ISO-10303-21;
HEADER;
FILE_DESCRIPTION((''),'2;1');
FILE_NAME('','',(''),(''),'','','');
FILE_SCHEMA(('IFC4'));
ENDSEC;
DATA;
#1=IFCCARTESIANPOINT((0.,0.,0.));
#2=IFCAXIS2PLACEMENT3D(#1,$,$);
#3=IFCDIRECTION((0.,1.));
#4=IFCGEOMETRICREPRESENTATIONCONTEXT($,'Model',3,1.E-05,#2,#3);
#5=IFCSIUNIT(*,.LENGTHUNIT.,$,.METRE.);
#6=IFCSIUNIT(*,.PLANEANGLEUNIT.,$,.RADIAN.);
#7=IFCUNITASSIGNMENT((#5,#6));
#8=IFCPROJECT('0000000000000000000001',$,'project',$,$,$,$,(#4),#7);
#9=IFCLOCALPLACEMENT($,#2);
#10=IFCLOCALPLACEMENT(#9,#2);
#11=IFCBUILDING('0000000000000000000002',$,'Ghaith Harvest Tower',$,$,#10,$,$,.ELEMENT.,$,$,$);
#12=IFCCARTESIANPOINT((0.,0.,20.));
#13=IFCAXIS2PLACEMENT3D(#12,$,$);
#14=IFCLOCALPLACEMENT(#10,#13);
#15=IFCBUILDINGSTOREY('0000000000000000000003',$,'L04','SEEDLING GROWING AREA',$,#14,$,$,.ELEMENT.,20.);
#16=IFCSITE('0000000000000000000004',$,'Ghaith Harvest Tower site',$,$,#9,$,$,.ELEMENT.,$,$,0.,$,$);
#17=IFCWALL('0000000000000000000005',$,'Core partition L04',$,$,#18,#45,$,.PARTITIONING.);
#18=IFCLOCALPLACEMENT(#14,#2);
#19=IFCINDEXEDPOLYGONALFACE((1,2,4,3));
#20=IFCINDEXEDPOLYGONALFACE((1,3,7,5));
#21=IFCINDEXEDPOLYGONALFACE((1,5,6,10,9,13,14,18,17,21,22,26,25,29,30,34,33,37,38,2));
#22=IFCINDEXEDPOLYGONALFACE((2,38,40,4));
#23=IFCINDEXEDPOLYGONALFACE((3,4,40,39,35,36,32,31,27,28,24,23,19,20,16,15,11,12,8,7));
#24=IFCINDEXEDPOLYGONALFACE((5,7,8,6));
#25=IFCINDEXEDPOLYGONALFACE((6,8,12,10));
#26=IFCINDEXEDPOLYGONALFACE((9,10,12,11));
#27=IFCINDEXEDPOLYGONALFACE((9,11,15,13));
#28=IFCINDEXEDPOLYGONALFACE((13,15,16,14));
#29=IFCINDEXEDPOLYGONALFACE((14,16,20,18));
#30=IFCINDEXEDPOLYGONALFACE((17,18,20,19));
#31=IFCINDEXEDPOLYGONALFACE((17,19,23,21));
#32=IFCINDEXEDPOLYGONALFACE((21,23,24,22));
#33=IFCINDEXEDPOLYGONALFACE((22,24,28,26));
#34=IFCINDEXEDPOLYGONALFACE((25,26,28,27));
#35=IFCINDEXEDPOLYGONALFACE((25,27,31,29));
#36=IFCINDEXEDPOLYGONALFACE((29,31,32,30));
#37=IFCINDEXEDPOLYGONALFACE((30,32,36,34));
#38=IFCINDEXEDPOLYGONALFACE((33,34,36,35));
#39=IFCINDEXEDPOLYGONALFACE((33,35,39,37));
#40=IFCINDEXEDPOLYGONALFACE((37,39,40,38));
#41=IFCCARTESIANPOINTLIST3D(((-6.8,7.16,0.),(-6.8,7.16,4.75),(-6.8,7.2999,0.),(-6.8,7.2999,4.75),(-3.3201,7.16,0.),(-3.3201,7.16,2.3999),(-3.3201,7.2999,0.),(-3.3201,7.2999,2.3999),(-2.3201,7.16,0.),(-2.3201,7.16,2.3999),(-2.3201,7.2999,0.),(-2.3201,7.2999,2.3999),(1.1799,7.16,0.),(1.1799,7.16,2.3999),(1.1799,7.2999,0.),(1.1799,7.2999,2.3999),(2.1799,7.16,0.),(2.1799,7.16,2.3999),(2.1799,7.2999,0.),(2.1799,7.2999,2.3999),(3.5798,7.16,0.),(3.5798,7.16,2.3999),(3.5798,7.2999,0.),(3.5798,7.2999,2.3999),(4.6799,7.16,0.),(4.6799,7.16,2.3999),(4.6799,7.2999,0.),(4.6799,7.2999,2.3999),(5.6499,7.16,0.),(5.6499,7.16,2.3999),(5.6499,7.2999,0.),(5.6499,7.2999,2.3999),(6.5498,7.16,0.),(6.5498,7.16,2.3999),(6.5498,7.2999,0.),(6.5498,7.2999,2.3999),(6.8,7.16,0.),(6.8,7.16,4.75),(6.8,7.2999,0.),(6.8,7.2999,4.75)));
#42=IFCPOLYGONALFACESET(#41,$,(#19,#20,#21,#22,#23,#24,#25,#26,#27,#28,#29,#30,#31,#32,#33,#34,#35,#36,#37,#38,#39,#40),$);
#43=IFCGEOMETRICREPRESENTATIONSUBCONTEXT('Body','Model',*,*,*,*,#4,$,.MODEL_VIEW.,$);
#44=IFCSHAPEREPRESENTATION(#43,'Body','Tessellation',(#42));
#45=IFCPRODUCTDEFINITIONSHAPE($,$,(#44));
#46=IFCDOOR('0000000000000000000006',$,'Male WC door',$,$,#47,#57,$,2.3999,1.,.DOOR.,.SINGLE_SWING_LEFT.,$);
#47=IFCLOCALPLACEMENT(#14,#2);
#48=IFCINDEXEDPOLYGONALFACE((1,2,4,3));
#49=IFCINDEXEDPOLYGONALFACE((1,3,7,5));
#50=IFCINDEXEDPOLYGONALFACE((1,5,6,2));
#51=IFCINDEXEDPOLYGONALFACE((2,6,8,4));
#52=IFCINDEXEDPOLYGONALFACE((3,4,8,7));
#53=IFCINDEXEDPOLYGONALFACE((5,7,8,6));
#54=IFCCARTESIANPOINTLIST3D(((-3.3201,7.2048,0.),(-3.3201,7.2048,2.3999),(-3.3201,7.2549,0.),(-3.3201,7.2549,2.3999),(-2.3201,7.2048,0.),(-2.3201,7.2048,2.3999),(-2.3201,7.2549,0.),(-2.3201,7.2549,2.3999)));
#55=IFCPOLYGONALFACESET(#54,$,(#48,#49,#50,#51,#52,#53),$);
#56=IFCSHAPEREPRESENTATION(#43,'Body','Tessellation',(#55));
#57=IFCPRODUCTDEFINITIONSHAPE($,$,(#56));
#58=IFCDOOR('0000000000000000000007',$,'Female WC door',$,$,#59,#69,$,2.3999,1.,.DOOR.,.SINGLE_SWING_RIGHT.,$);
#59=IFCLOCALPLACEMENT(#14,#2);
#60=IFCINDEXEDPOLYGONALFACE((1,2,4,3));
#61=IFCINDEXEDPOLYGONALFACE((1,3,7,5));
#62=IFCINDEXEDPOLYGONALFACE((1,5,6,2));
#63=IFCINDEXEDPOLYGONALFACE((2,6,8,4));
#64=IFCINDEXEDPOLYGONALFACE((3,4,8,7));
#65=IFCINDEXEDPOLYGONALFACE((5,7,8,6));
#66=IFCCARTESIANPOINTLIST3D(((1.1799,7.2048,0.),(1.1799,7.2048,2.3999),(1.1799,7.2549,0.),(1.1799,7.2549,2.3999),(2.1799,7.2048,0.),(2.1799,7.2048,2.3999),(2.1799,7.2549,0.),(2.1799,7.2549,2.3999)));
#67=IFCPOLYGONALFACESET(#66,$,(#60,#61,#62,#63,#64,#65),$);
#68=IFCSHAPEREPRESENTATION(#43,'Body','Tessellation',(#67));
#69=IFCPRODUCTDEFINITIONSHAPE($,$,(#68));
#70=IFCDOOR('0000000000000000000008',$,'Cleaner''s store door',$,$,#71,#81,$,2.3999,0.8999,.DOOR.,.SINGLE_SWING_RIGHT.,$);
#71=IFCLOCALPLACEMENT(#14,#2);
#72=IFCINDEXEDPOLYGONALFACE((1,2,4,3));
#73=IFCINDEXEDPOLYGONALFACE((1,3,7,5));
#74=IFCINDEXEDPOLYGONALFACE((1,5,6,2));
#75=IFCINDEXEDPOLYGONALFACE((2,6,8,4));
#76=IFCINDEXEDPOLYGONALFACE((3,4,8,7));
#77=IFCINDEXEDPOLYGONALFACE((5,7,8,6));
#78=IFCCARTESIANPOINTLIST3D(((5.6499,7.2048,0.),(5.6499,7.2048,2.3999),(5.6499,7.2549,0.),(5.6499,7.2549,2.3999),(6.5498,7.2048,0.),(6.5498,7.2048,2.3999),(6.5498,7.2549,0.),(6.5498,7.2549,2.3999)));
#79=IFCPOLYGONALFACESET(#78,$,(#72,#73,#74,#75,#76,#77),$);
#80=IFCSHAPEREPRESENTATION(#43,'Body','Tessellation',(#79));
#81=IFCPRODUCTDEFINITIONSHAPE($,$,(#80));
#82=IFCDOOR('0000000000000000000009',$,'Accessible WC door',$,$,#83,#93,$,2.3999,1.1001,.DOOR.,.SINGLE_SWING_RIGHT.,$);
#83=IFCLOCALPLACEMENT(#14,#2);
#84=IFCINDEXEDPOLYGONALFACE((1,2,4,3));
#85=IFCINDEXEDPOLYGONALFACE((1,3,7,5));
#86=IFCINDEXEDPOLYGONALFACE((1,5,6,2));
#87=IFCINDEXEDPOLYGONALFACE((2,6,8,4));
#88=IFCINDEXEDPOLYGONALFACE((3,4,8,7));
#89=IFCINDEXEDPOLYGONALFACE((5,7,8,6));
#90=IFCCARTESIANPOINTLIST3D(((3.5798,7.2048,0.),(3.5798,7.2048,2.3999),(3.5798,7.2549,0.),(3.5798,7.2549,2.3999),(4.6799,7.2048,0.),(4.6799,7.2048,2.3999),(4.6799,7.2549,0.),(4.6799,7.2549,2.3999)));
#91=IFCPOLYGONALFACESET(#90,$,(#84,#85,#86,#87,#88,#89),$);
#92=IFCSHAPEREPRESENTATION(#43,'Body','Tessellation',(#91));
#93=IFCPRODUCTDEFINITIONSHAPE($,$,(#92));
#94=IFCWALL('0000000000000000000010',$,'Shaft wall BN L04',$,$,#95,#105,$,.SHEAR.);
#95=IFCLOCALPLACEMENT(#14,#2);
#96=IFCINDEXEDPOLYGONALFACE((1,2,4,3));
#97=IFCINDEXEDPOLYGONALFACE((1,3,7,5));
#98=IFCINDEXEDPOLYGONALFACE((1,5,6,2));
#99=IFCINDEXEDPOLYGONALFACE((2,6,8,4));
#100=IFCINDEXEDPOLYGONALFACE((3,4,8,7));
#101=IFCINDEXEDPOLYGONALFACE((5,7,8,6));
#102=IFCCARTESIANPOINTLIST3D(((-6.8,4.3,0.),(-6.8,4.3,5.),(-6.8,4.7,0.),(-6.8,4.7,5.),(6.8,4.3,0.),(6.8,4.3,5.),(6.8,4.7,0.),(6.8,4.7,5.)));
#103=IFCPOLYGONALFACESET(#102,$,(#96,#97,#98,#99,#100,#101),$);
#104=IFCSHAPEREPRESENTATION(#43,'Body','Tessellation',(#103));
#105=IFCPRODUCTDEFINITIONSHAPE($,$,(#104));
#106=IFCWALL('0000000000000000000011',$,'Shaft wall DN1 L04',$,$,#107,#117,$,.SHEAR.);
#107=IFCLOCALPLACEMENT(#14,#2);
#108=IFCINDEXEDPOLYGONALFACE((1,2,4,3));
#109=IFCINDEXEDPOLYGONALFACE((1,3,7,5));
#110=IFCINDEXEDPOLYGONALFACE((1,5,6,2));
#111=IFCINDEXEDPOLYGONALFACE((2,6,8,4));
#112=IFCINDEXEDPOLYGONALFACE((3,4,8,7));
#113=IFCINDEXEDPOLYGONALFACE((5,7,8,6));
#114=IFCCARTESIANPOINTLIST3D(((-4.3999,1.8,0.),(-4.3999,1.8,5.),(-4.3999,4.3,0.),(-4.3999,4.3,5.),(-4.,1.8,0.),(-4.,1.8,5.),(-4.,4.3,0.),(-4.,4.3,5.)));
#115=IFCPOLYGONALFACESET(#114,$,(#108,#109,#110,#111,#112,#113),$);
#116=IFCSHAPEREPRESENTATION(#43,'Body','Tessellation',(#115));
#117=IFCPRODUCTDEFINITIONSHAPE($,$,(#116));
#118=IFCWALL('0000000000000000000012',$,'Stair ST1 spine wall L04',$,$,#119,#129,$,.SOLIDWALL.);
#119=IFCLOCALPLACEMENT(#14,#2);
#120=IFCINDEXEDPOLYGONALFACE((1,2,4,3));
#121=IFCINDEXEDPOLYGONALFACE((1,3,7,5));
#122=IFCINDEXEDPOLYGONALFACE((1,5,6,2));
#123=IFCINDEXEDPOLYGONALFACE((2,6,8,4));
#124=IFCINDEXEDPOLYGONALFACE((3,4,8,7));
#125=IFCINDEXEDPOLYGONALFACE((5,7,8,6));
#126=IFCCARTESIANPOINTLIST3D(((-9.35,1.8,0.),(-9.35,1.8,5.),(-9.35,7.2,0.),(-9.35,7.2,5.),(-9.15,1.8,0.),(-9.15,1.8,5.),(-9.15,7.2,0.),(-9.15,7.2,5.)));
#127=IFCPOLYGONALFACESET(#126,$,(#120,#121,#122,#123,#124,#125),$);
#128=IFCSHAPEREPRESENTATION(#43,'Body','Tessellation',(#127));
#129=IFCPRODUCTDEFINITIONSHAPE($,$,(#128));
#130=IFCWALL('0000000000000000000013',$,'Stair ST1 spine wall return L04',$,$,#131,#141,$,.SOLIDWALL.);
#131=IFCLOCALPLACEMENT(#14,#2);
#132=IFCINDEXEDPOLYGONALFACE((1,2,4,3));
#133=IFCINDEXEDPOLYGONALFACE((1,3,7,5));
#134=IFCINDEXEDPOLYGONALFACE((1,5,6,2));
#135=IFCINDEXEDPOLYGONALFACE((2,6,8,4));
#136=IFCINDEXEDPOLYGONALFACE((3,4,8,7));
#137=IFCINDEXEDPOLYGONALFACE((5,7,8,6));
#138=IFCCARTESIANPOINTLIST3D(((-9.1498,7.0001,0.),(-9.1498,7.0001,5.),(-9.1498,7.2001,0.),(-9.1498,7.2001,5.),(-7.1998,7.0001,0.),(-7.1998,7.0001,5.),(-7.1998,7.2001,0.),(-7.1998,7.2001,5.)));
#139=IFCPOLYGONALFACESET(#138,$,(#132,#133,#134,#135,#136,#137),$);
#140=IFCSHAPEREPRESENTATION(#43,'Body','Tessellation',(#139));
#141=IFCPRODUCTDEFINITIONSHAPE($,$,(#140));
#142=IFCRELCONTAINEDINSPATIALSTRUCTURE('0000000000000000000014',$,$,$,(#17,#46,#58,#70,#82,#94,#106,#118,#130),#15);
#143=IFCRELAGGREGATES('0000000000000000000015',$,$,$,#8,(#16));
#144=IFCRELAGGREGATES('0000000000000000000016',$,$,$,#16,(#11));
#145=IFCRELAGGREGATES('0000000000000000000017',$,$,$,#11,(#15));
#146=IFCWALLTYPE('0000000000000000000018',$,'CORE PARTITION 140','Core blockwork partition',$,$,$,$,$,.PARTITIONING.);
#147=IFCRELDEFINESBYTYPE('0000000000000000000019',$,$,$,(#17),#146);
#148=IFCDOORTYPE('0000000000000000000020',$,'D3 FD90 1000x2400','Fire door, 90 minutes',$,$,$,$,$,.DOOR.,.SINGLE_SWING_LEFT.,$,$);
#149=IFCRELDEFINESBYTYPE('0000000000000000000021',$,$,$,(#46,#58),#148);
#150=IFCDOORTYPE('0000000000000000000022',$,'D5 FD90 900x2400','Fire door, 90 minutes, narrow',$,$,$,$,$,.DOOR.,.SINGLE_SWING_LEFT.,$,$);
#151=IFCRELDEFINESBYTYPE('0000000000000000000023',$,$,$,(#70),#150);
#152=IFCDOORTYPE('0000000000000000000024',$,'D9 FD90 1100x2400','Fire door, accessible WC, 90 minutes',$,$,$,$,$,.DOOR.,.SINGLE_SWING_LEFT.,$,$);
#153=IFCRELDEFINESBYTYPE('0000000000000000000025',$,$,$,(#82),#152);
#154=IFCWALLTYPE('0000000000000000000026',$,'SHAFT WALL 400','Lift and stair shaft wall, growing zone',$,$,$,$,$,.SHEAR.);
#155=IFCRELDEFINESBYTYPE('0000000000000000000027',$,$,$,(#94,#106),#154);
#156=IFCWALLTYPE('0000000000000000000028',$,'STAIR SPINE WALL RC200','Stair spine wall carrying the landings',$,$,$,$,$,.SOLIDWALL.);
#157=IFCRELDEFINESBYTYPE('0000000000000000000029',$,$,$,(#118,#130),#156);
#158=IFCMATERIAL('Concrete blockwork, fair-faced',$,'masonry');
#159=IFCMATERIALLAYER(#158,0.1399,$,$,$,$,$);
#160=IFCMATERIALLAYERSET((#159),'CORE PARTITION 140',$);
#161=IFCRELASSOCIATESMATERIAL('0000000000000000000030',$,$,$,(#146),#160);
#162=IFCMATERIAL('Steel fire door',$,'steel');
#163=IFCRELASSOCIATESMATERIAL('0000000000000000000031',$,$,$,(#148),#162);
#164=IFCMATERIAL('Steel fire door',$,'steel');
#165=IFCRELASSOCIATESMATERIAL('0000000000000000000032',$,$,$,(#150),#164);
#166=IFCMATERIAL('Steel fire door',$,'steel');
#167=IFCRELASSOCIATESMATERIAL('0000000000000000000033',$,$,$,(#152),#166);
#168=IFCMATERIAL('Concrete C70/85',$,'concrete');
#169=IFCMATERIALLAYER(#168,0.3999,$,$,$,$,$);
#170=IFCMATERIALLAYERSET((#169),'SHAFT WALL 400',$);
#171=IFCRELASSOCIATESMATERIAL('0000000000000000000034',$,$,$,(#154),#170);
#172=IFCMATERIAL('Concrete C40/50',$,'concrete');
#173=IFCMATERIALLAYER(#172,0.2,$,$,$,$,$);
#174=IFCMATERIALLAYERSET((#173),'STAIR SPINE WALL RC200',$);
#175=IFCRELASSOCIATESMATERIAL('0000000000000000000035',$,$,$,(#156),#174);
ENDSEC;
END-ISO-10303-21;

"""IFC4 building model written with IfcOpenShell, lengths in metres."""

from ifc_helpers import new_model, si_unit, direction, frame, frame_2d, origin, place, context, subcontext, project, spatial, rectangle, extrude, material, layer, layer_set, type_object, element, fill, save


model = new_model("IFC4")

# Units and contexts
model_context = context("Model", 3, precision=1e-05, world=origin(), true_north=direction((0.0, 1.0)))
body_context = subcontext(model_context, "Body", "Model", "MODEL_VIEW")
ifc_project = project(units=[si_unit("LENGTHUNIT", "METRE"), si_unit("PLANEANGLEUNIT", "RADIAN")], contexts=[model_context])

# Site, building, storey
site_placement = place(None, origin())
site = spatial("IfcSite", under=ifc_project, at=site_placement, Name="Ghaith Harvest Tower site", CompositionType="ELEMENT", RefElevation=0.0)
building_placement = place(site_placement, origin())
building = spatial("IfcBuilding", under=site, at=building_placement, Name="Ghaith Harvest Tower", CompositionType="ELEMENT")
storey_placement = place(building_placement, frame((0.0, 0.0, 20.0)))
storey = spatial("IfcBuildingStorey", under=building, at=storey_placement, Name="L04", Description="SEEDLING GROWING AREA", CompositionType="ELEMENT", Elevation=20.0)

# Wall, openings, doors
ifc_material_1 = material(Name="Concrete blockwork, fair-faced", Category="masonry")
ifc_layer_1 = layer(ifc_material_1, 0.1399)
ifc_layer_set_1 = layer_set([ifc_layer_1], Name="CORE PARTITION 140")
wall_type_1 = type_object("IfcWallType", Name="CORE PARTITION 140", Description="Core blockwork partition", PredefinedType="PARTITIONING", material=ifc_layer_set_1)
wall_1_placement = place(storey_placement, frame((-6.8, 7.23, 0.0), z_axis=(0.0, 0.0, 1.0), x_axis=(1.0, 0.0, 0.0)))
wall_1 = element("IfcWall", 1, at=wall_1_placement, inside=storey, type_object=wall_type_1, Name="Core partition L04", PredefinedType="PARTITIONING", context=body_context, shape_type="SweptSolid", body=[
    extrude(rectangle(XDim=13.6001, YDim=0.1399, at=frame_2d((6.8, 0.0))), origin(), (0.0, 0.0, 1.0), 4.75),
])
opening_1_placement = place(wall_1_placement, frame((3.48, 0.0, 0.0)))
opening_1 = element("IfcOpeningElement", 2, at=opening_1_placement, cuts=wall_1, PredefinedType="OPENING", context=body_context, shape_type="SweptSolid", body=[
    extrude(rectangle(XDim=1.0, YDim=2.3999, at=frame_2d((0.5, 1.2))), frame((0.0, 0.0801, 0.0), z_axis=(0.0, -1.0, 0.0), x_axis=(1.0, 0.0, 0.0)), (0.0, 0.0, 1.0), 0.1599),
])
opening_2_placement = place(wall_1_placement, frame((7.98, 0.0, 0.0)))
opening_2 = element("IfcOpeningElement", 3, at=opening_2_placement, cuts=wall_1, PredefinedType="OPENING", context=body_context, shape_type="SweptSolid", body=[
    extrude(rectangle(XDim=1.0, YDim=2.3999, at=frame_2d((0.5, 1.2))), frame((0.0, 0.0801, 0.0), z_axis=(0.0, -1.0, 0.0), x_axis=(1.0, 0.0, 0.0)), (0.0, 0.0, 1.0), 0.1599),
])
opening_3_placement = place(wall_1_placement, frame((10.3799, 0.0, 0.0)))
opening_3 = element("IfcOpeningElement", 4, at=opening_3_placement, cuts=wall_1, PredefinedType="OPENING", context=body_context, shape_type="SweptSolid", body=[
    extrude(rectangle(XDim=1.1001, YDim=2.3999, at=frame_2d((0.55, 1.2))), frame((0.0, 0.0801, 0.0), z_axis=(0.0, -1.0, 0.0), x_axis=(1.0, 0.0, 0.0)), (0.0, 0.0, 1.0), 0.1599),
])
opening_4_placement = place(wall_1_placement, frame((12.45, 0.0, 0.0)))
opening_4 = element("IfcOpeningElement", 5, at=opening_4_placement, cuts=wall_1, PredefinedType="OPENING", context=body_context, shape_type="SweptSolid", body=[
    extrude(rectangle(XDim=0.8999, YDim=2.3999, at=frame_2d((0.45, 1.2))), frame((0.0, 0.0801, 0.0), z_axis=(0.0, -1.0, 0.0), x_axis=(1.0, 0.0, 0.0)), (0.0, 0.0, 1.0), 0.1599),
])
ifc_material_2 = material(Name="Steel fire door", Category="steel")
door_type_1 = type_object("IfcDoorType", Name="D3 FD90 1000x2400", Description="Fire door, 90 minutes", OperationType="SINGLE_SWING_LEFT", PredefinedType="DOOR", material=ifc_material_2)
door_1_placement = place(opening_1_placement, origin())
door_1 = element("IfcDoor", 6, at=door_1_placement, inside=storey, type_object=door_type_1, Name="Male WC door", OperationType="SINGLE_SWING_LEFT", OverallHeight=2.3999, OverallWidth=1.0, PredefinedType="DOOR", context=body_context, shape_type="SweptSolid", body=[
    extrude(rectangle(XDim=1.0, YDim=2.3999, at=frame_2d((0.5, 1.2))), frame((0.0, 0.0249, 0.0), z_axis=(0.0, -1.0, 0.0), x_axis=(1.0, 0.0, 0.0)), (0.0, 0.0, 1.0), 0.05),
])
fill(opening_1, door_1)
door_2_placement = place(opening_2_placement, origin())
door_2 = element("IfcDoor", 7, at=door_2_placement, inside=storey, type_object=door_type_1, Name="Female WC door", OperationType="SINGLE_SWING_RIGHT", OverallHeight=2.3999, OverallWidth=1.0, PredefinedType="DOOR", context=body_context, shape_type="SweptSolid", body=[
    extrude(rectangle(XDim=1.0, YDim=2.3999, at=frame_2d((0.5, 1.2))), frame((0.0, 0.0249, 0.0), z_axis=(0.0, -1.0, 0.0), x_axis=(1.0, 0.0, 0.0)), (0.0, 0.0, 1.0), 0.05),
])
fill(opening_2, door_2)
ifc_material_3 = material(Name="Steel fire door", Category="steel")
door_type_2 = type_object("IfcDoorType", Name="D5 FD90 900x2400", Description="Fire door, 90 minutes, narrow", OperationType="SINGLE_SWING_LEFT", PredefinedType="DOOR", material=ifc_material_3)
door_3_placement = place(opening_4_placement, origin())
door_3 = element("IfcDoor", 8, at=door_3_placement, inside=storey, type_object=door_type_2, Name="Cleaner's store door", OperationType="SINGLE_SWING_RIGHT", OverallHeight=2.3999, OverallWidth=0.8999, PredefinedType="DOOR", context=body_context, shape_type="SweptSolid", body=[
    extrude(rectangle(XDim=0.8999, YDim=2.3999, at=frame_2d((0.45, 1.2))), frame((0.0, 0.0249, 0.0), z_axis=(0.0, -1.0, 0.0), x_axis=(1.0, 0.0, 0.0)), (0.0, 0.0, 1.0), 0.05),
])
fill(opening_4, door_3)
ifc_material_4 = material(Name="Steel fire door", Category="steel")
door_type_3 = type_object("IfcDoorType", Name="D9 FD90 1100x2400", Description="Fire door, accessible WC, 90 minutes", OperationType="SINGLE_SWING_LEFT", PredefinedType="DOOR", material=ifc_material_4)
door_4_placement = place(opening_3_placement, origin())
door_4 = element("IfcDoor", 9, at=door_4_placement, inside=storey, type_object=door_type_3, Name="Accessible WC door", OperationType="SINGLE_SWING_RIGHT", OverallHeight=2.3999, OverallWidth=1.1001, PredefinedType="DOOR", context=body_context, shape_type="SweptSolid", body=[
    extrude(rectangle(XDim=1.1001, YDim=2.3999, at=frame_2d((0.55, 1.2))), frame((0.0, 0.0249, 0.0), z_axis=(0.0, -1.0, 0.0), x_axis=(1.0, 0.0, 0.0)), (0.0, 0.0, 1.0), 0.05),
])
fill(opening_3, door_4)
ifc_material_5 = material(Name="Concrete C70/85", Category="concrete")
ifc_layer_2 = layer(ifc_material_5, 0.3999)
ifc_layer_set_2 = layer_set([ifc_layer_2], Name="SHAFT WALL 400")
wall_type_2 = type_object("IfcWallType", Name="SHAFT WALL 400", Description="Lift and stair shaft wall, growing zone", PredefinedType="SHEAR", material=ifc_layer_set_2)

# Walls
wall_2_placement = place(storey_placement, frame((-6.8, 4.5, 0.0), z_axis=(0.0, 0.0, 1.0), x_axis=(1.0, 0.0, 0.0)))
element("IfcWall", 10, at=wall_2_placement, inside=storey, type_object=wall_type_2, Name="Shaft wall BN L04", PredefinedType="SHEAR", context=body_context, shape_type="SweptSolid", body=[
    extrude(rectangle(XDim=13.6001, YDim=0.3999, at=frame_2d((6.8, 0.0))), origin(), (0.0, 0.0, 1.0), 5.0),
])
wall_3_placement = place(storey_placement, frame((-4.2, 1.8, 0.0), z_axis=(0.0, 0.0, 1.0), x_axis=(0.0, 1.0, 0.0)))
element("IfcWall", 11, at=wall_3_placement, inside=storey, type_object=wall_type_2, Name="Shaft wall DN1 L04", PredefinedType="SHEAR", context=body_context, shape_type="SweptSolid", body=[
    extrude(rectangle(XDim=2.5, YDim=0.3999, at=frame_2d((1.25, 0.0))), origin(), (0.0, 0.0, 1.0), 5.0),
])
ifc_material_6 = material(Name="Concrete C40/50", Category="concrete")
ifc_layer_3 = layer(ifc_material_6, 0.2)
ifc_layer_set_3 = layer_set([ifc_layer_3], Name="STAIR SPINE WALL RC200")
wall_type_3 = type_object("IfcWallType", Name="STAIR SPINE WALL RC200", Description="Stair spine wall carrying the landings", PredefinedType="SOLIDWALL", material=ifc_layer_set_3)
wall_4_placement = place(storey_placement, frame((-9.25, 7.2, 0.0), z_axis=(0.0, 0.0, 1.0), x_axis=(0.0, -1.0, 0.0)))
element("IfcWall", 12, at=wall_4_placement, inside=storey, type_object=wall_type_3, Name="Stair ST1 spine wall L04", PredefinedType="SOLIDWALL", context=body_context, shape_type="SweptSolid", body=[
    extrude(rectangle(XDim=5.3999, YDim=0.2, at=frame_2d((2.7, 0.0))), origin(), (0.0, 0.0, 1.0), 5.0),
])
wall_5_placement = place(storey_placement, frame((-9.1499, 7.1001, 0.0), z_axis=(0.0, 0.0, 1.0), x_axis=(1.0, 0.0, 0.0)))
element("IfcWall", 13, at=wall_5_placement, inside=storey, type_object=wall_type_3, Name="Stair ST1 spine wall return L04", PredefinedType="SOLIDWALL", context=body_context, shape_type="SweptSolid", body=[
    extrude(rectangle(XDim=1.95, YDim=0.2, at=frame_2d((0.9751, 0.0))), origin(), (0.0, 0.0, 1.0), 5.0),
])

save(model, "model.ifc")
